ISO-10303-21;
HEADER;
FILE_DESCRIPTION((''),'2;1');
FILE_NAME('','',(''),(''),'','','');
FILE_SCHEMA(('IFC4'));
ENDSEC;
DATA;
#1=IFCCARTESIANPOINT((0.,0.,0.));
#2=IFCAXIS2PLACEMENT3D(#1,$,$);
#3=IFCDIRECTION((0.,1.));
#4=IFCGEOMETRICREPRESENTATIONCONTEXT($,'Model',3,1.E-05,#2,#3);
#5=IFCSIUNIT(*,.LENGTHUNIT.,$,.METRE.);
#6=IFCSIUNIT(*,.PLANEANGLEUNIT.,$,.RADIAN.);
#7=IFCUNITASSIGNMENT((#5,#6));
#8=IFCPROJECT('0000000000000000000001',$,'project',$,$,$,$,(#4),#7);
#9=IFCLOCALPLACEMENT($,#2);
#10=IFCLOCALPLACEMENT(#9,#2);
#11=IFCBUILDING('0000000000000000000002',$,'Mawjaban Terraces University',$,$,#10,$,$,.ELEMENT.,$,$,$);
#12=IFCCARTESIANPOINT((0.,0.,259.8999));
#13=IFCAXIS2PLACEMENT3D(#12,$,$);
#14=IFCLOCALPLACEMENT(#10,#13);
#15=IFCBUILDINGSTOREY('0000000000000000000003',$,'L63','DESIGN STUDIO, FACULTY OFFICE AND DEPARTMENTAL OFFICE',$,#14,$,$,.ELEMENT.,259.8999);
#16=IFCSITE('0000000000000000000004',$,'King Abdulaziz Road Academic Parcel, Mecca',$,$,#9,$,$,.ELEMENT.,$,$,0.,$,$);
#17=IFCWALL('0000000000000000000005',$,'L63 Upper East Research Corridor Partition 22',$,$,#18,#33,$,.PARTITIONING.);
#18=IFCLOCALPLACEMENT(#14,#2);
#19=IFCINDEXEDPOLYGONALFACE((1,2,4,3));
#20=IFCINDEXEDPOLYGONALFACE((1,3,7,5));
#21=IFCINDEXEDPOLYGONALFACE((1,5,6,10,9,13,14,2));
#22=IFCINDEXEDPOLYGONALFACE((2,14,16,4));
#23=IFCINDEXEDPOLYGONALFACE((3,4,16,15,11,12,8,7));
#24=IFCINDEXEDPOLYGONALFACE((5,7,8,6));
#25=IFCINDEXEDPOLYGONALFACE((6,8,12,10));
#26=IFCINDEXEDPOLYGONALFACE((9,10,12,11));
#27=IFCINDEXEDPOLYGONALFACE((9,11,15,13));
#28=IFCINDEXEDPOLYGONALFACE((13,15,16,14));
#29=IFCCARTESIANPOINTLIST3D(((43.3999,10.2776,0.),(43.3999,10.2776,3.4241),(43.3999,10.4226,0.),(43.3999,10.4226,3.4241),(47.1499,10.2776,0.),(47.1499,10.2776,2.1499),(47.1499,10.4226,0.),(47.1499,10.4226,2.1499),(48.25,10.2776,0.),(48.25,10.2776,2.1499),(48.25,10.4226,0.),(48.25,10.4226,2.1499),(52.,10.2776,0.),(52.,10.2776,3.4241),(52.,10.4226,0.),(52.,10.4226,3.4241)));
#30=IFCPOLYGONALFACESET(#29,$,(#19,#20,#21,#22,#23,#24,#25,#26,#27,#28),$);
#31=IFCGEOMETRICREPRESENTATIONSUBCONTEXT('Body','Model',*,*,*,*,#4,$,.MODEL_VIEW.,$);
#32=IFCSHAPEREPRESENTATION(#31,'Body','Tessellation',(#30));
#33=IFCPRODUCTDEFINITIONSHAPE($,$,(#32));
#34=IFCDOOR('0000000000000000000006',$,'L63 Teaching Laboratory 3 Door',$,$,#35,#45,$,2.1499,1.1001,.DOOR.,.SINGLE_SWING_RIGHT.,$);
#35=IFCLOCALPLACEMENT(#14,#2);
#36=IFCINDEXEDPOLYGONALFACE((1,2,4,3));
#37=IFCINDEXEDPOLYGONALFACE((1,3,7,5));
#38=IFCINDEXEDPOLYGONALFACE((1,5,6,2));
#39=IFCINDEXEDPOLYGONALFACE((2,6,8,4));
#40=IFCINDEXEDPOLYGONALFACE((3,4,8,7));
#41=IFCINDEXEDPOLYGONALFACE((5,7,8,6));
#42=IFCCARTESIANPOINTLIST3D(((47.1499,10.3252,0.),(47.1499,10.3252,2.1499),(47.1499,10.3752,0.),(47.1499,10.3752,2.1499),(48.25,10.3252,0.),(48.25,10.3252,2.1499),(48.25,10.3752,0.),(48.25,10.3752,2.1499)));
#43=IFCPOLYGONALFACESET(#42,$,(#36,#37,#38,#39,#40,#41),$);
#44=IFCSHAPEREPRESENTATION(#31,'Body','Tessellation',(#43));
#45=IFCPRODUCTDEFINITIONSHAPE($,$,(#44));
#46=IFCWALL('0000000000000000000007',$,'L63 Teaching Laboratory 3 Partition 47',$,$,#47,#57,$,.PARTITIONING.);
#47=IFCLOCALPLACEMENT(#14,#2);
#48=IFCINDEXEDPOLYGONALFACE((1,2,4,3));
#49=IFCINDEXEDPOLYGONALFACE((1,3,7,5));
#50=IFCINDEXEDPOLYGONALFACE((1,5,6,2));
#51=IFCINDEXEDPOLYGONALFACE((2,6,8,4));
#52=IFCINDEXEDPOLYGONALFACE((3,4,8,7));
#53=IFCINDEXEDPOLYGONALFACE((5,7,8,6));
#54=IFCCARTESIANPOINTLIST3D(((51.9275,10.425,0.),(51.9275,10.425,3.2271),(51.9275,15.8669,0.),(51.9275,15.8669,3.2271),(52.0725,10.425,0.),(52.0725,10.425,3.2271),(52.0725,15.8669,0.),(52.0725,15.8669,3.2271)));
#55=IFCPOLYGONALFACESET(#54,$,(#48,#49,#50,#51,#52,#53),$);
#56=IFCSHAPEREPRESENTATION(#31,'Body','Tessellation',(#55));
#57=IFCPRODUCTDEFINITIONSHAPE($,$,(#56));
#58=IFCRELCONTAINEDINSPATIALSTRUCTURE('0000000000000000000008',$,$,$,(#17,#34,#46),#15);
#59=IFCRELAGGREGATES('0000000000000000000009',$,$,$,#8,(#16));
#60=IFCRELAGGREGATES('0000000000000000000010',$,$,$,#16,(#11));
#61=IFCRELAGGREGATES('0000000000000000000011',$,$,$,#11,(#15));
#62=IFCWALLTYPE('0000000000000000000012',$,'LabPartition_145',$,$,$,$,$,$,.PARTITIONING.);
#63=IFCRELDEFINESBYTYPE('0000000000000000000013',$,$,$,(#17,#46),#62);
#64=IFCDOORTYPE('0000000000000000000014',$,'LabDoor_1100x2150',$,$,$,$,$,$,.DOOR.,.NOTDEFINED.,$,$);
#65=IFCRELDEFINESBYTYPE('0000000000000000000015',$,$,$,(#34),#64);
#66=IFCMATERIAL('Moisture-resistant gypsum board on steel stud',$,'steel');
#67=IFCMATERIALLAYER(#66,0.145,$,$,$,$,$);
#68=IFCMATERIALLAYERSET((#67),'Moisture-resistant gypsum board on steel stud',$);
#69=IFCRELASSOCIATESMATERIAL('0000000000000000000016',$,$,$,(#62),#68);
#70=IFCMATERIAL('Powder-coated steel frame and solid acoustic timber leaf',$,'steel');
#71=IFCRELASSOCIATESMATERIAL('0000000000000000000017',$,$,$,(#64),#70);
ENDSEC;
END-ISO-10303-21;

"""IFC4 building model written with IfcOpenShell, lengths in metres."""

from ifc_helpers import new_model, si_unit, direction, frame, frame_2d, origin, place, context, subcontext, project, spatial, rectangle, extrude, material, layer, layer_set, type_object, element, fill, save


model = new_model("IFC4")

# Units and contexts
model_context = context("Model", 3, precision=1e-05, world=origin(), true_north=direction((0.0, 1.0)))
body_context = subcontext(model_context, "Body", "Model", "MODEL_VIEW")
ifc_project = project(units=[si_unit("LENGTHUNIT", "METRE"), si_unit("PLANEANGLEUNIT", "RADIAN")], contexts=[model_context])

# Site, building, storey
site_placement = place(None, origin())
site = spatial("IfcSite", under=ifc_project, at=site_placement, Name="King Abdulaziz Road Academic Parcel, Mecca", CompositionType="ELEMENT", RefElevation=0.0)
building_placement = place(site_placement, origin())
building = spatial("IfcBuilding", under=site, at=building_placement, Name="Mawjaban Terraces University", CompositionType="ELEMENT")
storey_placement = place(building_placement, frame((0.0, 0.0, 259.8999)))
storey = spatial("IfcBuildingStorey", under=building, at=storey_placement, Name="L63", Description="DESIGN STUDIO, FACULTY OFFICE AND DEPARTMENTAL OFFICE", CompositionType="ELEMENT", Elevation=259.8999)

# Shared definitions
ifc_material_1 = material(Name="Powder-coated steel frame and solid acoustic timber leaf", Category="steel")

# Wall, opening, door
ifc_material_2 = material(Name="Moisture-resistant gypsum board on steel stud", Category="steel")
ifc_layer_1 = layer(ifc_material_2, 0.145)
ifc_layer_set_1 = layer_set([ifc_layer_1], Name="Moisture-resistant gypsum board on steel stud")
wall_type_1 = type_object("IfcWallType", Name="LabPartition_145", PredefinedType="PARTITIONING", material=ifc_layer_set_1)
wall_1_placement = place(storey_placement, frame((52.0, 10.3501, 0.0), z_axis=(0.0, 0.0, 1.0), x_axis=(-1.0, 0.0, 0.0)))
wall_1 = element("IfcWall", 1, at=wall_1_placement, inside=storey, type_object=wall_type_1, Name="L63 Upper East Research Corridor Partition 22", PredefinedType="PARTITIONING", context=body_context, shape_type="SweptSolid", body=[
    extrude(rectangle(XDim=8.6001, YDim=0.145, at=frame_2d((4.3, 0.0))), origin(), (0.0, 0.0, 1.0), 3.4241),
])
opening_1_placement = place(wall_1_placement, frame((3.75, 0.0, 0.0)))
opening_1 = element("IfcOpeningElement", 2, at=opening_1_placement, cuts=wall_1, PredefinedType="OPENING", context=body_context, shape_type="SweptSolid", body=[
    extrude(rectangle(XDim=1.1001, YDim=2.1499, at=frame_2d((0.55, 1.075))), frame((0.0, 0.0825, 0.0), z_axis=(0.0, -1.0, 0.0), x_axis=(1.0, 0.0, 0.0)), (0.0, 0.0, 1.0), 0.165),
])
door_type_1 = type_object("IfcDoorType", Name="LabDoor_1100x2150", OperationType="NOTDEFINED", PredefinedType="DOOR", material=ifc_material_1)
door_1_placement = place(opening_1_placement, origin())
door_1 = element("IfcDoor", 3, at=door_1_placement, inside=storey, type_object=door_type_1, Name="L63 Teaching Laboratory 3 Door", OperationType="SINGLE_SWING_RIGHT", OverallHeight=2.1499, OverallWidth=1.1001, PredefinedType="DOOR", context=body_context, shape_type="SweptSolid", body=[
    extrude(rectangle(XDim=1.1001, YDim=2.1499, at=frame_2d((0.55, 1.075))), frame((0.0, 0.0249, 0.0), z_axis=(0.0, -1.0, 0.0), x_axis=(1.0, 0.0, 0.0)), (0.0, 0.0, 1.0), 0.05),
])
fill(opening_1, door_1)

# Wall
wall_2_placement = place(storey_placement, frame((52.0, 10.425, 0.0), z_axis=(0.0, 0.0, 1.0), x_axis=(0.0, 1.0, 0.0)))
element("IfcWall", 4, at=wall_2_placement, inside=storey, type_object=wall_type_1, Name="L63 Teaching Laboratory 3 Partition 47", PredefinedType="PARTITIONING", context=body_context, shape_type="SweptSolid", body=[
    extrude(rectangle(XDim=5.4419, YDim=0.145, at=frame_2d((2.7209, 0.0))), origin(), (0.0, 0.0, 1.0), 3.2271),
])

save(model, "model.ifc")
